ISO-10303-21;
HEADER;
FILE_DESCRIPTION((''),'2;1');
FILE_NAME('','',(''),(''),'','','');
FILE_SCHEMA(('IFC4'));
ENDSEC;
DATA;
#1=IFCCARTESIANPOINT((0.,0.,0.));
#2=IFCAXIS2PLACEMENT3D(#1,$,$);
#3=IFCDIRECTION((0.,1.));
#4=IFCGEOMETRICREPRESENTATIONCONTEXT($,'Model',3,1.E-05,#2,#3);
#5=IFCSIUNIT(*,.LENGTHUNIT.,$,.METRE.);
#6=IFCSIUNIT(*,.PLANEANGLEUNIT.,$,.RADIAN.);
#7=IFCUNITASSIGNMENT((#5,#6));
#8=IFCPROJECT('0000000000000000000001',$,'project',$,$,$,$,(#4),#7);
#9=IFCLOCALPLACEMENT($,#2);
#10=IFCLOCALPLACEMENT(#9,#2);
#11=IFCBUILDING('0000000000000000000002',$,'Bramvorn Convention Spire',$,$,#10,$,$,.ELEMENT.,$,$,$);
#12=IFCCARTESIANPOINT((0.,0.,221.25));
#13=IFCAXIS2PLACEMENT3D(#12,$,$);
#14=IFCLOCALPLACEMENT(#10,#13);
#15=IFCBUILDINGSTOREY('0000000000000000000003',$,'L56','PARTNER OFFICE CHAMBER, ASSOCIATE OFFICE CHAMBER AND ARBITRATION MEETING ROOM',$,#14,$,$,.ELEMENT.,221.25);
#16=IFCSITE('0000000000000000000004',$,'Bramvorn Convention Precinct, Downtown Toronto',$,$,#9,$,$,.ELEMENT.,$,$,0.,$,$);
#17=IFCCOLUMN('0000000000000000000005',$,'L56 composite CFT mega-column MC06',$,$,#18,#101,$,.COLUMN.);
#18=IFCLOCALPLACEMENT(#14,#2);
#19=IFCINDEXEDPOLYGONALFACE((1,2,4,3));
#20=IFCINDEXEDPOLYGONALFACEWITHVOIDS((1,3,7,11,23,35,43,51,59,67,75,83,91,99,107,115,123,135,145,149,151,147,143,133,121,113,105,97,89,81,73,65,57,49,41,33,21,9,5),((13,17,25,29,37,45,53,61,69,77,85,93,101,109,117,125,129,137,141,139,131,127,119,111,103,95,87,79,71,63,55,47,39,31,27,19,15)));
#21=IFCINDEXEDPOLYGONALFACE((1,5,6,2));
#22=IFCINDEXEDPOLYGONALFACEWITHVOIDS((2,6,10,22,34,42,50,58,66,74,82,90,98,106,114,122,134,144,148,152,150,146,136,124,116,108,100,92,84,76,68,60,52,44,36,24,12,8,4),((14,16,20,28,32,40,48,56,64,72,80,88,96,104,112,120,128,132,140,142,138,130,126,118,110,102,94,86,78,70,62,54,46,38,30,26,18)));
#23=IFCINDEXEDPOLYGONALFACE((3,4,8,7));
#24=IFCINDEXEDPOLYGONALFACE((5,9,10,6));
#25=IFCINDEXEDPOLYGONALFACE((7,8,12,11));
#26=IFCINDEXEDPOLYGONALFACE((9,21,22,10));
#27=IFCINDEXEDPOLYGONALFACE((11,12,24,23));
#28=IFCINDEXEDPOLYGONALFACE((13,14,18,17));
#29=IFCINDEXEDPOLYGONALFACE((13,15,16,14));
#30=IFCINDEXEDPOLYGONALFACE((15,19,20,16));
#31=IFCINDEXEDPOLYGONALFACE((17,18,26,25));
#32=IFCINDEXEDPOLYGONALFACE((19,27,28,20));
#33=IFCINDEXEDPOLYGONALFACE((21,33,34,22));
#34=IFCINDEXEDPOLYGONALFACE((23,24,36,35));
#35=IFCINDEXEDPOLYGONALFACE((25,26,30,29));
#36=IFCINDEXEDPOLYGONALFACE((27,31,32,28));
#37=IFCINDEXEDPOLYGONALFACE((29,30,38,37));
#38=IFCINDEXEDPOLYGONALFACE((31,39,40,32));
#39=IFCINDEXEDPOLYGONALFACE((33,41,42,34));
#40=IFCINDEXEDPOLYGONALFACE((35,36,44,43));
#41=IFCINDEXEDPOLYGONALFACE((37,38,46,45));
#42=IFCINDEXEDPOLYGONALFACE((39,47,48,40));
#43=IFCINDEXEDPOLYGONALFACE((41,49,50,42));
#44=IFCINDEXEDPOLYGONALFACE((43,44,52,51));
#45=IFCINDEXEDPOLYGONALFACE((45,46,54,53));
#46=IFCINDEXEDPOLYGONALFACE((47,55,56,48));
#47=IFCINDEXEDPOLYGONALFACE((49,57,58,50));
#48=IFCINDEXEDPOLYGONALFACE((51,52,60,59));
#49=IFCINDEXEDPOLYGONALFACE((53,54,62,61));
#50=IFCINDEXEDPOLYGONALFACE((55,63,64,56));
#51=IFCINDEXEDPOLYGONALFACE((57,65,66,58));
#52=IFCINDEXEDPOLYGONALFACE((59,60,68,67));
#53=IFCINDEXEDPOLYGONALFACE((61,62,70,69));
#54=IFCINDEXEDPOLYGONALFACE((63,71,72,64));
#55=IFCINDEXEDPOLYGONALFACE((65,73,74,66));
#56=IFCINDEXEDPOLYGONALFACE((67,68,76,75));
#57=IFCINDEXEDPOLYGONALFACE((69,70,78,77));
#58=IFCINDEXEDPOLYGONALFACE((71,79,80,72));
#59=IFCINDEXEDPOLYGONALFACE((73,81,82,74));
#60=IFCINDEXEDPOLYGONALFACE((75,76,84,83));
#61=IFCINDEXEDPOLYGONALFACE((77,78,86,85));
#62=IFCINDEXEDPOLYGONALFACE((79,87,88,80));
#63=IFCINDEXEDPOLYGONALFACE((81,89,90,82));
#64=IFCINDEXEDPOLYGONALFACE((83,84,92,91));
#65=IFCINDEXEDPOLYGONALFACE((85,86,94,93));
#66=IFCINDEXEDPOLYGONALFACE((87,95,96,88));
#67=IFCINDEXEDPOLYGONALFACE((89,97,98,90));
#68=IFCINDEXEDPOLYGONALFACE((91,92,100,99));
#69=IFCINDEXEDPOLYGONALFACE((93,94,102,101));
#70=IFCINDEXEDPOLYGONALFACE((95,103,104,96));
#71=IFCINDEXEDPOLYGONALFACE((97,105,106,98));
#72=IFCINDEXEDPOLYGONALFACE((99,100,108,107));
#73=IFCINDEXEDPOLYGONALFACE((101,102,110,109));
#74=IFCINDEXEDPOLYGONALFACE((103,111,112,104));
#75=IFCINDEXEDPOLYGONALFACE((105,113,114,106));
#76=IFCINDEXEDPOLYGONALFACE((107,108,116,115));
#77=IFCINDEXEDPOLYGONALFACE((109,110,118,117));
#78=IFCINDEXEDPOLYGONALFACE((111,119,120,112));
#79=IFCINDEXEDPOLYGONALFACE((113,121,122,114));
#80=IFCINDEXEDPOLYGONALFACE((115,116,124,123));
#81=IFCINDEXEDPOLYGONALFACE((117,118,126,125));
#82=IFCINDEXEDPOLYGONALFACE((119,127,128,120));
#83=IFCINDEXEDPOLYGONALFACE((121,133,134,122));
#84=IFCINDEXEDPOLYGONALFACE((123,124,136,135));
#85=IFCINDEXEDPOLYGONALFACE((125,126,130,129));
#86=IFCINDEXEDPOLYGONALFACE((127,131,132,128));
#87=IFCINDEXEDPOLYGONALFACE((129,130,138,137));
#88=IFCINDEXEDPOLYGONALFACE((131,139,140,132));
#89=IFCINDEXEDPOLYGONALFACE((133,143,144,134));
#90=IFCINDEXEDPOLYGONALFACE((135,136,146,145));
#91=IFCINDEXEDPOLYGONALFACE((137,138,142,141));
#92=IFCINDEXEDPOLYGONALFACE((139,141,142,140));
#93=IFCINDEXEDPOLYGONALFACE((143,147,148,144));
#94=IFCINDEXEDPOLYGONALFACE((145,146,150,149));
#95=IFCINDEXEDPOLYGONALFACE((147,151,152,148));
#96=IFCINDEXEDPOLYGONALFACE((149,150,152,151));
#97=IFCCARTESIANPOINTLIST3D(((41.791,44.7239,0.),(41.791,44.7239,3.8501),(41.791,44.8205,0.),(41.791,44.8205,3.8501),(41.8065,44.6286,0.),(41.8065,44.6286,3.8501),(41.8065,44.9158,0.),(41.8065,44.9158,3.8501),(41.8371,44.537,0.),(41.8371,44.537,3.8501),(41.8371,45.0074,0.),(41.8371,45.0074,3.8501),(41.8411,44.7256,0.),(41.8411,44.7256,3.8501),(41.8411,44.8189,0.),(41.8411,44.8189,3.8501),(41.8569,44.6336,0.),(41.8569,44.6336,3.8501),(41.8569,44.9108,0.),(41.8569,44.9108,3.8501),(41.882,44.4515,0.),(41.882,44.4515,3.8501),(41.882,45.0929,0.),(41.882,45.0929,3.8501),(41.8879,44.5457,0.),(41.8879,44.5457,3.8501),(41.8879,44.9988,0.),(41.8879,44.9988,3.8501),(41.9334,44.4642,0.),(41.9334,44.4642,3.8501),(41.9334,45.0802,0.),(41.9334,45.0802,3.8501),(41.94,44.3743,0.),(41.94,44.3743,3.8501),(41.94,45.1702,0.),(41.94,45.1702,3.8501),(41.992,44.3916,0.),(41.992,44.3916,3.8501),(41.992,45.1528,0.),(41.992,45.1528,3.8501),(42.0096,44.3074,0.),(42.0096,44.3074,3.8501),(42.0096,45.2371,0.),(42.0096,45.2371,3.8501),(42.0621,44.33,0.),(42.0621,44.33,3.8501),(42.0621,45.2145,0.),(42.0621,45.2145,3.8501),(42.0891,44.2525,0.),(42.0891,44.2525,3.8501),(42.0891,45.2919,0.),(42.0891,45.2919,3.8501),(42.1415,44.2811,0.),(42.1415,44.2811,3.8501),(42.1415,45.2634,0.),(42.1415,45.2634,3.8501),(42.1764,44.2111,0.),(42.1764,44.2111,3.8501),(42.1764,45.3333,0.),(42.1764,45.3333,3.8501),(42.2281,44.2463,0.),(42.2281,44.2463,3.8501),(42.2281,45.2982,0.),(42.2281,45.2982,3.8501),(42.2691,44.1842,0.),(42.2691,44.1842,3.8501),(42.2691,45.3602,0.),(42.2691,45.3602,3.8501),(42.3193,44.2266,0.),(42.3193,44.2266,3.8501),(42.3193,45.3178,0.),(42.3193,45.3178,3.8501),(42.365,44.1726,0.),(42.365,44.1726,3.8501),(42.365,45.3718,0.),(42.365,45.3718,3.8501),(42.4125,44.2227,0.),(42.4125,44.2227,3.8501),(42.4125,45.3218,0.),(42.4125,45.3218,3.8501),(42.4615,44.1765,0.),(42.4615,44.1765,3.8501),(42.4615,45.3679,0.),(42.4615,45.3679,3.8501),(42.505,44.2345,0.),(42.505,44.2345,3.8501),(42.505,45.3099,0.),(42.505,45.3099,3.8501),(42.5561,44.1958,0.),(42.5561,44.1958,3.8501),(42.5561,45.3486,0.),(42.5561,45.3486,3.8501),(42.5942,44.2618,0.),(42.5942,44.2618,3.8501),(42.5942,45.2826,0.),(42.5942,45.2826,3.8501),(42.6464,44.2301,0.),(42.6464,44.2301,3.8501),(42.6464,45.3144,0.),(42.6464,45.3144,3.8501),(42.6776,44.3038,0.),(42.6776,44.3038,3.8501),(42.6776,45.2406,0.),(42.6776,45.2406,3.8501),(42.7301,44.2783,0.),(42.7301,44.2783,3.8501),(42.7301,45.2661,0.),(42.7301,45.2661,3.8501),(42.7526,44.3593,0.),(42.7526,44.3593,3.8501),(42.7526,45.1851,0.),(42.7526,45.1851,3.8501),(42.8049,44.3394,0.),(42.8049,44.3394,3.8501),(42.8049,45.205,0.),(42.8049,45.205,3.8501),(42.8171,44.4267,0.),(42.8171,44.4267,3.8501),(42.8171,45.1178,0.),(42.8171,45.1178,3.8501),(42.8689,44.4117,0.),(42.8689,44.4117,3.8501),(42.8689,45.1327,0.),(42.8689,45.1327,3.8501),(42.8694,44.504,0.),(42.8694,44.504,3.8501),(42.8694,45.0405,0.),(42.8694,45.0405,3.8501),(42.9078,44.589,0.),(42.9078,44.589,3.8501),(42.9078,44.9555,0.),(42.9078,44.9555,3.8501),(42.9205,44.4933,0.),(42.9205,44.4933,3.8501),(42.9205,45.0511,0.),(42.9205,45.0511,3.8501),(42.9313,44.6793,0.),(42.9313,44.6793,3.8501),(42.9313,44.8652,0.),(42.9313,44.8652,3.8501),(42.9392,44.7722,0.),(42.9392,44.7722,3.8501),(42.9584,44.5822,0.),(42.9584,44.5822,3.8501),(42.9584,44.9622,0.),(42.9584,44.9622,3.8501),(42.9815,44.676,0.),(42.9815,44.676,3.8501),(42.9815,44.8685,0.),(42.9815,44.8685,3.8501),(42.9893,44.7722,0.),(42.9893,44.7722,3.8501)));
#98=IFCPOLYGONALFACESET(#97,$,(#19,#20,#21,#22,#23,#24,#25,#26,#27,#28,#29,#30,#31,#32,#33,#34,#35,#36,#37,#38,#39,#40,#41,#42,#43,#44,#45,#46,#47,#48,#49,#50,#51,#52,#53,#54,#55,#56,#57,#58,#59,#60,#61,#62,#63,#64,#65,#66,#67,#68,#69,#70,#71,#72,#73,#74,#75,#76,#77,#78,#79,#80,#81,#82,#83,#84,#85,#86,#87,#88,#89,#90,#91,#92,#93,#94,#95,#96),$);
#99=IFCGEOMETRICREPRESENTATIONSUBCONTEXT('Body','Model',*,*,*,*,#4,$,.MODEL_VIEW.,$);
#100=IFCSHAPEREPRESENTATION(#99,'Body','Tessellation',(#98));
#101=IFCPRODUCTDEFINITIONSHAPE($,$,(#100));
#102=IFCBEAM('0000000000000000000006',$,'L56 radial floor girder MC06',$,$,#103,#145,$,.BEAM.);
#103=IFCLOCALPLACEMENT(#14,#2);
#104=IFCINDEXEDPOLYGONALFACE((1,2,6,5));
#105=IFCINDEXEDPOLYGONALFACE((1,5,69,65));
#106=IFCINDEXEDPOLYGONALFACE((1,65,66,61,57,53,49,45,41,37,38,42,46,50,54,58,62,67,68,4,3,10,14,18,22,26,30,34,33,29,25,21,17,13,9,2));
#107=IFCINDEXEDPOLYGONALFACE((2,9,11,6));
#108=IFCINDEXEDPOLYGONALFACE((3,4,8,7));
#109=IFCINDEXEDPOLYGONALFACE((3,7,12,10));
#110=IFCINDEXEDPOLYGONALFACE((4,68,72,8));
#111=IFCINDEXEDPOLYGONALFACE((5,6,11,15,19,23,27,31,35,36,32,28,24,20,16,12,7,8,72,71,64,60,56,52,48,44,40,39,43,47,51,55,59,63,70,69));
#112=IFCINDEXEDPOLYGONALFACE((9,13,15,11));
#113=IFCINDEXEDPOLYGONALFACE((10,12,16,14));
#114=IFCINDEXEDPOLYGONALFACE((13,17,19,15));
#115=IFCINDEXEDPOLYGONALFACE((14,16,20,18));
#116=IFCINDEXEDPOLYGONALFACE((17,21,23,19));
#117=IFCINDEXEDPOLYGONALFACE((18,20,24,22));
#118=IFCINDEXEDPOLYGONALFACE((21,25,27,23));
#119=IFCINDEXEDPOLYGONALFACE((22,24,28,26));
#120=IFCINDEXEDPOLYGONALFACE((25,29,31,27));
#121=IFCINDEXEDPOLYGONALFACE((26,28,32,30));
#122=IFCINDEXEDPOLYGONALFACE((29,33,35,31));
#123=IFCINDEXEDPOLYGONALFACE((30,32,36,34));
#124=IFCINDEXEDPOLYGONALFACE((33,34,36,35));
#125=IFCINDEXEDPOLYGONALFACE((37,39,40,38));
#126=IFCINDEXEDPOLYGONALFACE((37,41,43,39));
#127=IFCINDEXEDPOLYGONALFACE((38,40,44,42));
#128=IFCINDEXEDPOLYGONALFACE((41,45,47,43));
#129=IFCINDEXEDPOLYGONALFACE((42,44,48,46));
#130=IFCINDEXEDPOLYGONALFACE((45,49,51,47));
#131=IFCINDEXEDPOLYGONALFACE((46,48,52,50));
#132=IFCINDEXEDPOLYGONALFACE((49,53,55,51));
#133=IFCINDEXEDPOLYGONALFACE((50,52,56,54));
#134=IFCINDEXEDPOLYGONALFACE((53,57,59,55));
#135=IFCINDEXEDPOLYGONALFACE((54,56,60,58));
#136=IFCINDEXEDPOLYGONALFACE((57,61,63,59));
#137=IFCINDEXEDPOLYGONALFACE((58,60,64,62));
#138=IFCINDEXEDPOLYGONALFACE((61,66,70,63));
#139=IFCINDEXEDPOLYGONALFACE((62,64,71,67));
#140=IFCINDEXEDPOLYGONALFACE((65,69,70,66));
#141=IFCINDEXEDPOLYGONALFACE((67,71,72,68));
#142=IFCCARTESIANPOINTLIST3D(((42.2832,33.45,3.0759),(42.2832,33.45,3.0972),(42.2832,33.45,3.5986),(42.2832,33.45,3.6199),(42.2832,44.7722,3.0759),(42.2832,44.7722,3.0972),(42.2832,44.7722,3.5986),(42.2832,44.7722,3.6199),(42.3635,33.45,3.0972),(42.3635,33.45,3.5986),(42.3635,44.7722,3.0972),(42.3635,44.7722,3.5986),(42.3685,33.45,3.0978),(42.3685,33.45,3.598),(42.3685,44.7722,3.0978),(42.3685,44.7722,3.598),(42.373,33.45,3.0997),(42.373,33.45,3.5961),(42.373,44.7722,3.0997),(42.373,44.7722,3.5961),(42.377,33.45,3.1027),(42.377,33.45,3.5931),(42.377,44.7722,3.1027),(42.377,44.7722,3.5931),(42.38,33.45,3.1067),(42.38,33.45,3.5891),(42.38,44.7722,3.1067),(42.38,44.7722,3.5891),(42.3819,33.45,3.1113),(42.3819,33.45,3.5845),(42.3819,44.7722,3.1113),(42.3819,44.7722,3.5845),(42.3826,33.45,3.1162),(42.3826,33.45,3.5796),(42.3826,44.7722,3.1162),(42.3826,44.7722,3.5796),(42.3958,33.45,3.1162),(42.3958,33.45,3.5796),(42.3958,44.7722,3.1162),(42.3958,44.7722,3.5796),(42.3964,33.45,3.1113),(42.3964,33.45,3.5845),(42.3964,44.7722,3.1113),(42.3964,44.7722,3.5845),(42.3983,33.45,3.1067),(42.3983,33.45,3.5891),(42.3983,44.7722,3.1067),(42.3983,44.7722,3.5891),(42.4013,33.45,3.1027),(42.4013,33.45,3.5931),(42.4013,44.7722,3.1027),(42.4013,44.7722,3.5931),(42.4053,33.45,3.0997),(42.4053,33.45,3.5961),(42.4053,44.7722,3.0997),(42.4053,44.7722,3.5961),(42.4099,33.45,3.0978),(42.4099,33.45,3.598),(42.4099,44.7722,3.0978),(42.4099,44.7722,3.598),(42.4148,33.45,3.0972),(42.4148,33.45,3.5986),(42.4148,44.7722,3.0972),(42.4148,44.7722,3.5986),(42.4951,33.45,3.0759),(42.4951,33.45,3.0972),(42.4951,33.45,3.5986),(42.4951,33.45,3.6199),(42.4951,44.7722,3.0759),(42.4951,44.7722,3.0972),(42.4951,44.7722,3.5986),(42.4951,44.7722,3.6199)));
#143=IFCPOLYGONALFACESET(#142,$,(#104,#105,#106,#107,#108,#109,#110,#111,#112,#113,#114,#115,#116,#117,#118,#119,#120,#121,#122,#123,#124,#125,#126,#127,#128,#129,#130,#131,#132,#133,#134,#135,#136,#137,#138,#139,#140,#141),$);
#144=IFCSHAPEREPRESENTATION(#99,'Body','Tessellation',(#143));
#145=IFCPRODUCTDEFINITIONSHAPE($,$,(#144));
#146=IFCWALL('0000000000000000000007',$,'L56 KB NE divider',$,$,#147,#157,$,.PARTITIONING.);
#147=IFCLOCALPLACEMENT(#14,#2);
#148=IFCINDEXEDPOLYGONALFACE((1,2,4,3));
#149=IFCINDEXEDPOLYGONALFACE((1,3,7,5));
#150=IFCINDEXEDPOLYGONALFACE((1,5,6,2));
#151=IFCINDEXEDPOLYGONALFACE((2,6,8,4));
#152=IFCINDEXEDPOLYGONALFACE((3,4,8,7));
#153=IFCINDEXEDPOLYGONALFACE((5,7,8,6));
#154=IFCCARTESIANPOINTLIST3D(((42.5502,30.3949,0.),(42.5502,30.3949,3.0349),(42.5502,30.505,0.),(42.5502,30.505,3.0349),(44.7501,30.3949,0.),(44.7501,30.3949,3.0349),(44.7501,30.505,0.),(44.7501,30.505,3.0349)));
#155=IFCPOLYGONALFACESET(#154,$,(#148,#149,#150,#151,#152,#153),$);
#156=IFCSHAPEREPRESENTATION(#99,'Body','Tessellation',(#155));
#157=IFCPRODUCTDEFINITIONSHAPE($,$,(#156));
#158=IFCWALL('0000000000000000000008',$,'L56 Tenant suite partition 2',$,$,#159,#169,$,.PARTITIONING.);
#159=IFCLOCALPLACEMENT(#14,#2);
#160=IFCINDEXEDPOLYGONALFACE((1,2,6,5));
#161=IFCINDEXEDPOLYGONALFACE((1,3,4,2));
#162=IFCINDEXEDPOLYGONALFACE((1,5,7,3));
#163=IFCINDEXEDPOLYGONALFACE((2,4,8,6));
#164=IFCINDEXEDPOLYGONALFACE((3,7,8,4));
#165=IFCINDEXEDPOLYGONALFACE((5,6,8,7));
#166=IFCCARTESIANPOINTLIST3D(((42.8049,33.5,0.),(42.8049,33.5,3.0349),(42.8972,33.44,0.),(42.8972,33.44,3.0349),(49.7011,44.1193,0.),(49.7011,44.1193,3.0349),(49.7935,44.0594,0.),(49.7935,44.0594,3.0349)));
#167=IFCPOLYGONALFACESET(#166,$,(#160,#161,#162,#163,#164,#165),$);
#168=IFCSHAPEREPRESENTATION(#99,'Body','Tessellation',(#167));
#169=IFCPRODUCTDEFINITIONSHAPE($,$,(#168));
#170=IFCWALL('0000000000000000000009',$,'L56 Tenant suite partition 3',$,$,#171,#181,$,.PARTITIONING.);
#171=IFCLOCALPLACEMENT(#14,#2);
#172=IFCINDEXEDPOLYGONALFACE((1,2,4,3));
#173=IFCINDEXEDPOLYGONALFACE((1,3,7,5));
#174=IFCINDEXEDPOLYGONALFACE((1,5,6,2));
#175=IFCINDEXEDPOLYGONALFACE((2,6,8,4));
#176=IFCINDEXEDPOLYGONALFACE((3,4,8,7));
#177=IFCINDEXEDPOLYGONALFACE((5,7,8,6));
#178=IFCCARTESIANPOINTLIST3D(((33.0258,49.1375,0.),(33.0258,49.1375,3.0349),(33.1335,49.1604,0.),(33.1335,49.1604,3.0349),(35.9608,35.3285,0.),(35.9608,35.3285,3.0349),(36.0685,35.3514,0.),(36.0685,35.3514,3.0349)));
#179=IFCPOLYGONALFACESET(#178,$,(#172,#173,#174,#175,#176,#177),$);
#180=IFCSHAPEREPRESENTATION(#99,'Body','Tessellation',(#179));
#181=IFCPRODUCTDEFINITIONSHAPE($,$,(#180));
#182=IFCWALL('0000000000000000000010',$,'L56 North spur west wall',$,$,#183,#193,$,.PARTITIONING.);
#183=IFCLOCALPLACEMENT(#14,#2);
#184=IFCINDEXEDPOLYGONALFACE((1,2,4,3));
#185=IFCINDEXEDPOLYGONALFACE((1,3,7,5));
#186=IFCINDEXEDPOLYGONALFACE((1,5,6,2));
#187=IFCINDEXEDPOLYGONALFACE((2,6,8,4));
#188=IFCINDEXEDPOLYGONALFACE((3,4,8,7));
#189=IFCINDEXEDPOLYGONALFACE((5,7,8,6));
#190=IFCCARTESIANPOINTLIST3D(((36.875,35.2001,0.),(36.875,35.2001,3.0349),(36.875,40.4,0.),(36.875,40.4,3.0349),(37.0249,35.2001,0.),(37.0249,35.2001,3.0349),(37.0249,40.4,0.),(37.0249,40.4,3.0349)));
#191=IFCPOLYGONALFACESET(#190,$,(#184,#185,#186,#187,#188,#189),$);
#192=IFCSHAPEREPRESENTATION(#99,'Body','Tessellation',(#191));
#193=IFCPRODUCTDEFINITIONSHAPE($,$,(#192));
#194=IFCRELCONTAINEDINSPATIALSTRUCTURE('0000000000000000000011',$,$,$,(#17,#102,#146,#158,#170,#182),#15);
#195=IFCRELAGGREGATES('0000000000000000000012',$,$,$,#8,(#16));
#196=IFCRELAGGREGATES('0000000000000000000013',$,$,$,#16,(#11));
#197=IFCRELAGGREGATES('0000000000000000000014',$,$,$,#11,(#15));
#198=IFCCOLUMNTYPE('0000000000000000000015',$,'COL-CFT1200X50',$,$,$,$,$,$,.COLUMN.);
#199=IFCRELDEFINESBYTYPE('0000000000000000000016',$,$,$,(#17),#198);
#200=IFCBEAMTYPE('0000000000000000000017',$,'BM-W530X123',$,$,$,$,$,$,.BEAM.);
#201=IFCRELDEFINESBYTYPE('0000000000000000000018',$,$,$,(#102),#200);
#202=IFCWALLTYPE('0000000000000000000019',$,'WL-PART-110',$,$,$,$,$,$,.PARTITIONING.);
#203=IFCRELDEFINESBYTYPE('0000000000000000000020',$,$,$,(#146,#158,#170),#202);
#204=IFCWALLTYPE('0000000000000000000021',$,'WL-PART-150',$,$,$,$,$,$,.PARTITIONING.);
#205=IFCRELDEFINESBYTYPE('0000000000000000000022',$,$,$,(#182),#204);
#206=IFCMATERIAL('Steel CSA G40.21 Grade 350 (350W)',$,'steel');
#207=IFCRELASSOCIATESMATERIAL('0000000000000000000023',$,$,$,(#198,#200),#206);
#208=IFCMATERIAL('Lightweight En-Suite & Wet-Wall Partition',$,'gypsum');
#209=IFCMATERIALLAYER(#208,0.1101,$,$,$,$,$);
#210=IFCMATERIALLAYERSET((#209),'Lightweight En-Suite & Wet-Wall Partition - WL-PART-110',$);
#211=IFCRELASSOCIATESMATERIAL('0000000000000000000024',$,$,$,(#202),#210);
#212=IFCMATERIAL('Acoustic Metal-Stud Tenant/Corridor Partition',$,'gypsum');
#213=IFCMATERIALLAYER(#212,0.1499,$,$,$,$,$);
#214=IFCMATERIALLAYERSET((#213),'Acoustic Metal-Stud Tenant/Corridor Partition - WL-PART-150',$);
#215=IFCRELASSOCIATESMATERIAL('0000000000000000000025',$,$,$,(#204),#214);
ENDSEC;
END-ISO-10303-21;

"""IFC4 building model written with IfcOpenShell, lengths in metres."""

from ifc_helpers import new_model, si_unit, direction, frame, frame_2d, origin, origin_2d, place, context, subcontext, project, spatial, rectangle, hollow_circle, i_section, extrude, material, layer, layer_set, material_profile, profile_set, type_object, element, save


model = new_model("IFC4")

# Units and contexts
model_context = context("Model", 3, precision=1e-05, world=origin(), true_north=direction((0.0, 1.0)))
body_context = subcontext(model_context, "Body", "Model", "MODEL_VIEW")
ifc_project = project(units=[si_unit("LENGTHUNIT", "METRE"), si_unit("PLANEANGLEUNIT", "RADIAN")], contexts=[model_context])

# Site, building, storey
site_placement = place(None, origin())
site = spatial("IfcSite", under=ifc_project, at=site_placement, Name="Bramvorn Convention Precinct, Downtown Toronto", CompositionType="ELEMENT", RefElevation=0.0)
building_placement = place(site_placement, origin())
building = spatial("IfcBuilding", under=site, at=building_placement, Name="Bramvorn Convention Spire", CompositionType="ELEMENT")
storey_placement = place(building_placement, frame((0.0, 0.0, 221.25)))
storey = spatial("IfcBuildingStorey", under=building, at=storey_placement, Name="L56", Description="PARTNER OFFICE CHAMBER, ASSOCIATE OFFICE CHAMBER AND ARBITRATION MEETING ROOM", CompositionType="ELEMENT", Elevation=221.25)

# Column
ifc_material_1 = material(Name="Steel CSA G40.21 Grade 350 (350W)", Category="steel")
ifc_material_profile_1 = material_profile(ifc_material_1, hollow_circle(Radius=0.6001, WallThickness=0.05, at=origin_2d()))
ifc_profile_set_1 = profile_set([ifc_material_profile_1], Name="Steel CSA G40.21 Grade 350 (350W) - CFT1200X50")
column_type = type_object("IfcColumnType", Name="COL-CFT1200X50", PredefinedType="COLUMN", material=ifc_profile_set_1)
column_placement = place(storey_placement, frame((42.3892, 44.7722, 0.0), z_axis=(0.0, 0.0, 1.0), x_axis=(1.0, 0.0, 0.0)))
element("IfcColumn", 1, at=column_placement, inside=storey, type_object=column_type, Name="L56 composite CFT mega-column MC06", PredefinedType="COLUMN", context=body_context, shape_type="SweptSolid", body=[
    extrude(hollow_circle(Radius=0.6001, WallThickness=0.05, at=origin_2d()), origin(), (0.0, 0.0, 1.0), 3.8501),
])

# Beam
ifc_material_profile_2 = material_profile(ifc_material_1, i_section(OverallWidth=0.2119, OverallDepth=0.5439, WebThickness=0.0132, FlangeThickness=0.0212, FilletRadius=0.019, at=origin_2d()))
ifc_profile_set_2 = profile_set([ifc_material_profile_2], Name="Steel CSA G40.21 Grade 350 (350W) - W530X123")
beam_type = type_object("IfcBeamType", Name="BM-W530X123", PredefinedType="BEAM", material=ifc_profile_set_2)
beam_placement = place(storey_placement, frame((42.3892, 33.45, 3.3479), z_axis=(0.0, 1.0, 0.0), x_axis=(-1.0, 0.0, 0.0)))
element("IfcBeam", 2, at=beam_placement, inside=storey, type_object=beam_type, Name="L56 radial floor girder MC06", PredefinedType="BEAM", context=body_context, shape_type="SweptSolid", body=[
    extrude(i_section(OverallWidth=0.2119, OverallDepth=0.5439, WebThickness=0.0132, FlangeThickness=0.0212, FilletRadius=0.019, at=origin_2d()), origin(), (0.0, 0.0, 1.0), 11.3223),
])

# Walls
ifc_material_2 = material(Name="Lightweight En-Suite & Wet-Wall Partition", Category="gypsum")
ifc_layer_1 = layer(ifc_material_2, 0.1101)
ifc_layer_set_1 = layer_set([ifc_layer_1], Name="Lightweight En-Suite & Wet-Wall Partition - WL-PART-110")
wall_type_1 = type_object("IfcWallType", Name="WL-PART-110", PredefinedType="PARTITIONING", material=ifc_layer_set_1)
wall_1_placement = place(storey_placement, frame((42.55, 30.45, 0.0), z_axis=(0.0, 0.0, 1.0), x_axis=(1.0, 0.0, 0.0)))
element("IfcWall", 3, at=wall_1_placement, inside=storey, type_object=wall_type_1, Name="L56 KB NE divider", PredefinedType="PARTITIONING", context=body_context, shape_type="SweptSolid", body=[
    extrude(rectangle(XDim=2.2, YDim=0.1101, at=frame_2d((1.1001, 0.0))), origin(), (0.0, 0.0, 1.0), 3.0349),
])
wall_2_placement = place(storey_placement, frame((42.8511, 33.47, 0.0), z_axis=(0.0, 0.0, 1.0), x_axis=(0.544635, 0.838673, 0.0)))
element("IfcWall", 4, at=wall_2_placement, inside=storey, type_object=wall_type_1, Name="L56 Tenant suite partition 2", PredefinedType="PARTITIONING", context=body_context, shape_type="SweptSolid", body=[
    extrude(rectangle(XDim=12.6621, YDim=0.1101, at=frame_2d((6.3311, 0.0))), origin(), (0.0, 0.0, 1.0), 3.0349),
])
wall_3_placement = place(storey_placement, frame((36.0146, 35.3401, 0.0), z_axis=(0.0, 0.0, 1.0), x_axis=(-0.207901, 0.97815, 0.0)))
element("IfcWall", 5, at=wall_3_placement, inside=storey, type_object=wall_type_1, Name="L56 Tenant suite partition 3", PredefinedType="PARTITIONING", context=body_context, shape_type="SweptSolid", body=[
    extrude(rectangle(XDim=14.1174, YDim=0.1101, at=frame_2d((7.0586, 0.0))), origin(), (0.0, 0.0, 1.0), 3.0349),
])
ifc_material_3 = material(Name="Acoustic Metal-Stud Tenant/Corridor Partition", Category="gypsum")
ifc_layer_2 = layer(ifc_material_3, 0.1499)
ifc_layer_set_2 = layer_set([ifc_layer_2], Name="Acoustic Metal-Stud Tenant/Corridor Partition - WL-PART-150")
wall_type_2 = type_object("IfcWallType", Name="WL-PART-150", PredefinedType="PARTITIONING", material=ifc_layer_set_2)
wall_4_placement = place(storey_placement, frame((36.95, 35.2, 0.0), z_axis=(0.0, 0.0, 1.0), x_axis=(0.0, 1.0, 0.0)))
element("IfcWall", 6, at=wall_4_placement, inside=storey, type_object=wall_type_2, Name="L56 North spur west wall", PredefinedType="PARTITIONING", context=body_context, shape_type="SweptSolid", body=[
    extrude(rectangle(XDim=5.2, YDim=0.1499, at=frame_2d((2.6001, 0.0))), origin(), (0.0, 0.0, 1.0), 3.0349),
])

save(model, "model.ifc")
